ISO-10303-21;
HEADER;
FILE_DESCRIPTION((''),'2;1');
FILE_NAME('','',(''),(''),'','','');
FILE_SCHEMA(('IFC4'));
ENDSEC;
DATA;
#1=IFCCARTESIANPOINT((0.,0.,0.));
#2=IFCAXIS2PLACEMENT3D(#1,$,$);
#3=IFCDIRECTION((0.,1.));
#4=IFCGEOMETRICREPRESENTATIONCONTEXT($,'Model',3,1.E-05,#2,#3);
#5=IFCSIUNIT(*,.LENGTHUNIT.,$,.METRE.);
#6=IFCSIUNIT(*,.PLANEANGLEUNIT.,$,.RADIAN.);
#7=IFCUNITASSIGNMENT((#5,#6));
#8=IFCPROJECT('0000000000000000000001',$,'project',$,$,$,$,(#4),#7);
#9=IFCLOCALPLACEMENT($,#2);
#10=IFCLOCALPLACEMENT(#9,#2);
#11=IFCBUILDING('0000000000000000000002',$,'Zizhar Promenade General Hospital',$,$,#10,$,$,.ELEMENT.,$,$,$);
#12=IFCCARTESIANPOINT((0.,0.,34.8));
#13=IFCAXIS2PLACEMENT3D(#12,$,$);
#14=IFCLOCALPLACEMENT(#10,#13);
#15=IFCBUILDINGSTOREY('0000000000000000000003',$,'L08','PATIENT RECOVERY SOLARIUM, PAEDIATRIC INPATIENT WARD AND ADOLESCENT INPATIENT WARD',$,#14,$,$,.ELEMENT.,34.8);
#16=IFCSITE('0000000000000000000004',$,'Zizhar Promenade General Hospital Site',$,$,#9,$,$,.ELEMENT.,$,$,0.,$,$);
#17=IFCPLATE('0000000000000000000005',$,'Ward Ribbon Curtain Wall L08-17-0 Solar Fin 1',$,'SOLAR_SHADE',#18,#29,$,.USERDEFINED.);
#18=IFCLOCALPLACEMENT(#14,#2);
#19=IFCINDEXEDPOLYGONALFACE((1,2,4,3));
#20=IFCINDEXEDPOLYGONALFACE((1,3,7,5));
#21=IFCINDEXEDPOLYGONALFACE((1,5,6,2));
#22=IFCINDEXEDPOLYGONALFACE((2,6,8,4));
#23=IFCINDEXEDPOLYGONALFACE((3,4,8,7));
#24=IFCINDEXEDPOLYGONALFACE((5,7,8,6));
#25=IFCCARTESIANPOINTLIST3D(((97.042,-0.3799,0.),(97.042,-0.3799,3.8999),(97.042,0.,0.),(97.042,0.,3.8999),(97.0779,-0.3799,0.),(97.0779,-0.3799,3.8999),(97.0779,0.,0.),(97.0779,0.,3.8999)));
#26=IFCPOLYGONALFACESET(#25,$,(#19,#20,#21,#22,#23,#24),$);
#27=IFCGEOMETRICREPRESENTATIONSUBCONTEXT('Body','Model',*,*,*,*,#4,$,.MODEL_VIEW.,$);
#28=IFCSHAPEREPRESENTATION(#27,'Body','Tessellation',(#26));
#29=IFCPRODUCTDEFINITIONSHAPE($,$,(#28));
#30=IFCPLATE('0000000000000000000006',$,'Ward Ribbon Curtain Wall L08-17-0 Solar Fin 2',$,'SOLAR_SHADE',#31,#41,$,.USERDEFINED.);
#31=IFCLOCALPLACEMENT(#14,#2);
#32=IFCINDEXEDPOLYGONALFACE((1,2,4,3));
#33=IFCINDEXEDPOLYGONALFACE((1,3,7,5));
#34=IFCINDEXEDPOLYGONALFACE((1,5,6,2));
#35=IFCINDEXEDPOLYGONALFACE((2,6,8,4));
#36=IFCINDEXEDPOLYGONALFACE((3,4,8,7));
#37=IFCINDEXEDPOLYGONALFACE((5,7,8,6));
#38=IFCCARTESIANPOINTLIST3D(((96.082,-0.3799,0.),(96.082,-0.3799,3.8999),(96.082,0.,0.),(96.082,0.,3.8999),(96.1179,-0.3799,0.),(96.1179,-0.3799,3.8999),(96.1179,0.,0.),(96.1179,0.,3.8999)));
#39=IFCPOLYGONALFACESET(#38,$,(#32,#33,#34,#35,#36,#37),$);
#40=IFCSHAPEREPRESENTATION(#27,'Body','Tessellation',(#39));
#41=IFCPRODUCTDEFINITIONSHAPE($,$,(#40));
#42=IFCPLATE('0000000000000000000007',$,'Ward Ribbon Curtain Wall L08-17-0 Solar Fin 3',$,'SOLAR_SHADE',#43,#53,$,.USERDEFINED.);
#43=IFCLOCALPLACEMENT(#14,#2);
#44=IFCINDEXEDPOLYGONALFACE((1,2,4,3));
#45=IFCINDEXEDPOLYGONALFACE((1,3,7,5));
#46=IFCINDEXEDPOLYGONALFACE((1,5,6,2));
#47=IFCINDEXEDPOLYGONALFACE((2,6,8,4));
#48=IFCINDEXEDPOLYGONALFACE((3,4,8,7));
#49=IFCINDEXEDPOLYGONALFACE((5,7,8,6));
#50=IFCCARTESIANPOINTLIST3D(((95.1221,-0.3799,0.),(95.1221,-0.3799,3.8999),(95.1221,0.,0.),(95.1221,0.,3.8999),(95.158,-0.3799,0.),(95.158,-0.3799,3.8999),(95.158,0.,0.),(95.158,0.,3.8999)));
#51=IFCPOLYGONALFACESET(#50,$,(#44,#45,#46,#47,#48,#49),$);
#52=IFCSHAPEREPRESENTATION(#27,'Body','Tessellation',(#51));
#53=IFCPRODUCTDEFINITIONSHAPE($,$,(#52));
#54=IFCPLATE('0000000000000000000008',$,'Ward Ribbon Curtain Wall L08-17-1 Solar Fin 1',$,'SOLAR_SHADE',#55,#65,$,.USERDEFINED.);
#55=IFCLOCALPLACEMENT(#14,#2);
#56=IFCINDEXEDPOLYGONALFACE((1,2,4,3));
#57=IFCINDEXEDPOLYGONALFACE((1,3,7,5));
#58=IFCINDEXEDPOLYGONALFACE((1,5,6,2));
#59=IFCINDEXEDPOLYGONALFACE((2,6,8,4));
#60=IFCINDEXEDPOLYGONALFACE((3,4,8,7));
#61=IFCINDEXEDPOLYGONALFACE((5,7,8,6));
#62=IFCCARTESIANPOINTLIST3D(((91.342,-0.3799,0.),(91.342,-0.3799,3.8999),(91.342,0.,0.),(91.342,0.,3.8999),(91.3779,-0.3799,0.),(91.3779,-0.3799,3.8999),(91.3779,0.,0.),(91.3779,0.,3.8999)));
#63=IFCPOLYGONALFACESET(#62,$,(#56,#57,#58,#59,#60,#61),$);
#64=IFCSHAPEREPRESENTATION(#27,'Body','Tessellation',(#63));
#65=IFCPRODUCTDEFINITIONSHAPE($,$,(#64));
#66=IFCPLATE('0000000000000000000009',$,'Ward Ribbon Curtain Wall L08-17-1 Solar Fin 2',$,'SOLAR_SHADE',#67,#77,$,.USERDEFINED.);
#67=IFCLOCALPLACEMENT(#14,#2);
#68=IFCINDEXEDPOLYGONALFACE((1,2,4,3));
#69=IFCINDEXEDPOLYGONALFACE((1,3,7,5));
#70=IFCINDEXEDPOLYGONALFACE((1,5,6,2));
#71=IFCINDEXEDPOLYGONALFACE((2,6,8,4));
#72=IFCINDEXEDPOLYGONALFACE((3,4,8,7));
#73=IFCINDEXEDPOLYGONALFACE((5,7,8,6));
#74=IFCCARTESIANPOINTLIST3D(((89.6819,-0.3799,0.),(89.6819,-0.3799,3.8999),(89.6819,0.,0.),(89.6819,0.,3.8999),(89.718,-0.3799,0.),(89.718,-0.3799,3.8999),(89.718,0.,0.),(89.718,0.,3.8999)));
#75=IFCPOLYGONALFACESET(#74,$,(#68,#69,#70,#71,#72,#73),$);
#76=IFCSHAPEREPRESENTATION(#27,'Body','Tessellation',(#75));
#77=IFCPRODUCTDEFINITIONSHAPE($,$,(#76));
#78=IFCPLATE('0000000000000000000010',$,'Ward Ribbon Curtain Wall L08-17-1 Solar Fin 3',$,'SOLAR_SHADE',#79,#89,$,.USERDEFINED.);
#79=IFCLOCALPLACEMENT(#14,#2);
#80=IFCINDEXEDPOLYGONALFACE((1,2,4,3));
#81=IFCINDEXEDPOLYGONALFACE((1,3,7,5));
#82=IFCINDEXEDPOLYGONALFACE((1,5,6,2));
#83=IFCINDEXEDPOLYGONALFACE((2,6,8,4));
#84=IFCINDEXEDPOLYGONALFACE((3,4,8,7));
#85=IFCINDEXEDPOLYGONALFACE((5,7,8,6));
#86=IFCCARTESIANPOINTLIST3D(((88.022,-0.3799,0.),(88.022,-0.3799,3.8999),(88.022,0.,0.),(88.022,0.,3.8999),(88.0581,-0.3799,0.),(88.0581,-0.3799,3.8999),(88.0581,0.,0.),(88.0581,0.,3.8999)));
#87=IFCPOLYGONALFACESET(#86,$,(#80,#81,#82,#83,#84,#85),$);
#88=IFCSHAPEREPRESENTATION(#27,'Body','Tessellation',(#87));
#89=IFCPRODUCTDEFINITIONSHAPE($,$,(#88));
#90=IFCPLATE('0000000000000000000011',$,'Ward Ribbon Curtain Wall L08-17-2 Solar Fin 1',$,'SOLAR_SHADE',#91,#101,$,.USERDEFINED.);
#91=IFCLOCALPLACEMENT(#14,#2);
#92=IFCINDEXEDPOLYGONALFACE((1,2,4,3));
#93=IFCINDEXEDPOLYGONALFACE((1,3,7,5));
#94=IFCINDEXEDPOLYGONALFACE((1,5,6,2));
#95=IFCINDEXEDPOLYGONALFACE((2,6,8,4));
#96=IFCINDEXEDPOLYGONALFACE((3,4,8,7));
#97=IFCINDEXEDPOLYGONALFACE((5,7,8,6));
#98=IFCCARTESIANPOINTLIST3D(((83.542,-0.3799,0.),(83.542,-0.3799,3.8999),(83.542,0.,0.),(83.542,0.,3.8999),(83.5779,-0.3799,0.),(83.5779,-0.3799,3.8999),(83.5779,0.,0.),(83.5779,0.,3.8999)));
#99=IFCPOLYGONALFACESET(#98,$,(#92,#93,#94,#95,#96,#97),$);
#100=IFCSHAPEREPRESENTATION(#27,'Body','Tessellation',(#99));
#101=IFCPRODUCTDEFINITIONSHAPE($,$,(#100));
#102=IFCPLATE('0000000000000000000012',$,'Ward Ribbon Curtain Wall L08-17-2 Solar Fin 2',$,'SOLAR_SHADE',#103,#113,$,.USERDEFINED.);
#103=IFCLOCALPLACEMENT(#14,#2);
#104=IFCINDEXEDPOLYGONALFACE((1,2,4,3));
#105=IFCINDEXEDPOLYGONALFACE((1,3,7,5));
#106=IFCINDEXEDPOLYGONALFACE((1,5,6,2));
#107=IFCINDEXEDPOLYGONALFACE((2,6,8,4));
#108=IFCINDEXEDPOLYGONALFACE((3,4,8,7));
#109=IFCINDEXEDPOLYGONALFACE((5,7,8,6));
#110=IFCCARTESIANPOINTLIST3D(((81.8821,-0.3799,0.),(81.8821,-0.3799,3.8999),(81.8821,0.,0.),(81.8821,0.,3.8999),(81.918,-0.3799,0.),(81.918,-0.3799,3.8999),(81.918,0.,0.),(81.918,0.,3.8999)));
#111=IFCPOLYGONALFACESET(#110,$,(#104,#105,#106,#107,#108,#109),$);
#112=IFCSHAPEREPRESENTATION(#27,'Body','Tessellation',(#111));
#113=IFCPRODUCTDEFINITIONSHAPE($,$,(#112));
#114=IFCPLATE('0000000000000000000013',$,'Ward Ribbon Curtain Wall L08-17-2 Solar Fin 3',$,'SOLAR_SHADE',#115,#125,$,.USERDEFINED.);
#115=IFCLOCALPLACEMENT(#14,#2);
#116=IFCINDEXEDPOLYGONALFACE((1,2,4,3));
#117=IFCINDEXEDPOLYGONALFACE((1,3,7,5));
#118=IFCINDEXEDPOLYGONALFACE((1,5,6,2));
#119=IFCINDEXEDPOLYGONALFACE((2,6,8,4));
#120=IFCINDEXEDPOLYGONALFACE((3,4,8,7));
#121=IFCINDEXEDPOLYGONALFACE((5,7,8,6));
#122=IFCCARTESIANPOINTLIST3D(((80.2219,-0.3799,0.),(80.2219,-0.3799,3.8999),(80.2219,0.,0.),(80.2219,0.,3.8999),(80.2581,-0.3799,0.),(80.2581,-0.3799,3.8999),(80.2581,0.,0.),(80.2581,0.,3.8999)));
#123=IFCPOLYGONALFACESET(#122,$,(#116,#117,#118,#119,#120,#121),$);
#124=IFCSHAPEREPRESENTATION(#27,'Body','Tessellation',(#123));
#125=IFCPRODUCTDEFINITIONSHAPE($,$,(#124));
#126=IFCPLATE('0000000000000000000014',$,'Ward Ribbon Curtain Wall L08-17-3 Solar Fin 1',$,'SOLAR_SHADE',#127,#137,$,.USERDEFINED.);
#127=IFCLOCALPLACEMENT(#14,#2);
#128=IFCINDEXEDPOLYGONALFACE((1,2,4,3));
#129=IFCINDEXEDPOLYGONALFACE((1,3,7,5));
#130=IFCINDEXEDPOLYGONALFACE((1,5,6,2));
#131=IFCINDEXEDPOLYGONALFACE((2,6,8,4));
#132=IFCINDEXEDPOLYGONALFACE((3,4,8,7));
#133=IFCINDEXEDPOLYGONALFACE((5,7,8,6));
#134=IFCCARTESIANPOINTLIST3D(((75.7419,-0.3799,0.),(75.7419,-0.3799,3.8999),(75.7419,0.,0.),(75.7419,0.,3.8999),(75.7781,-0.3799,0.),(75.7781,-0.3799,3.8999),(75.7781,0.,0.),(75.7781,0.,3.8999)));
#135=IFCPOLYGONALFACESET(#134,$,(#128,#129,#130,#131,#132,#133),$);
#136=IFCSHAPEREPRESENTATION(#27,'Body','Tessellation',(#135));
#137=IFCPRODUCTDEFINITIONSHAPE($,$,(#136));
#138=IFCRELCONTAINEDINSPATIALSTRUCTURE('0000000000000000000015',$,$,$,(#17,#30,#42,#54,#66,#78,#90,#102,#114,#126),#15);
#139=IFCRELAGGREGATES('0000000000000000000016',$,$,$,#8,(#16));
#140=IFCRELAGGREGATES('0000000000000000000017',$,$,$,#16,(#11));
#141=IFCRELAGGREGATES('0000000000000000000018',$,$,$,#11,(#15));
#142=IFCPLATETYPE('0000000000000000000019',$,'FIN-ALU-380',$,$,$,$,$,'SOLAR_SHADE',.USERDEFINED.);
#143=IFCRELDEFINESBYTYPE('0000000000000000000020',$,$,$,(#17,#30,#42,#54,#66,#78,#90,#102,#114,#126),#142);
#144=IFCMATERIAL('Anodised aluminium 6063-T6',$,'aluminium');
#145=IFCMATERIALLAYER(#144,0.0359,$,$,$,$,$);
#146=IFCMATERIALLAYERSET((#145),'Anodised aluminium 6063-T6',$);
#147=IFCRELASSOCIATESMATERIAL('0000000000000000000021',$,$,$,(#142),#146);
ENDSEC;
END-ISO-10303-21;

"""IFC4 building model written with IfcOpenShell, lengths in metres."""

from ifc_helpers import new_model, si_unit, direction, frame, origin, place, context, subcontext, project, spatial, polyline, outline, extrude, material, layer, layer_set, type_object, element, save


model = new_model("IFC4")

# Units and contexts
model_context = context("Model", 3, precision=1e-05, world=origin(), true_north=direction((0.0, 1.0)))
body_context = subcontext(model_context, "Body", "Model", "MODEL_VIEW")
ifc_project = project(units=[si_unit("LENGTHUNIT", "METRE"), si_unit("PLANEANGLEUNIT", "RADIAN")], contexts=[model_context])

# Site, building, storey
site_placement = place(None, origin())
site = spatial("IfcSite", under=ifc_project, at=site_placement, Name="Zizhar Promenade General Hospital Site", CompositionType="ELEMENT", RefElevation=0.0)
building_placement = place(site_placement, origin())
building = spatial("IfcBuilding", under=site, at=building_placement, Name="Zizhar Promenade General Hospital", CompositionType="ELEMENT")
storey_placement = place(building_placement, frame((0.0, 0.0, 34.8)))
storey = spatial("IfcBuildingStorey", under=building, at=storey_placement, Name="L08", Description="PATIENT RECOVERY SOLARIUM, PAEDIATRIC INPATIENT WARD AND ADOLESCENT INPATIENT WARD", CompositionType="ELEMENT", Elevation=34.8)

# Plates
ifc_material = material(Name="Anodised aluminium 6063-T6", Category="aluminium")
ifc_layer = layer(ifc_material, 0.0359)
ifc_layer_set = layer_set([ifc_layer], Name="Anodised aluminium 6063-T6")
plate_type = type_object("IfcPlateType", Name="FIN-ALU-380", ElementType="SOLAR_SHADE", PredefinedType="USERDEFINED", material=ifc_layer_set)
plate_1_placement = place(storey_placement, origin())
element("IfcPlate", 1, at=plate_1_placement, inside=storey, type_object=plate_type, Name="Ward Ribbon Curtain Wall L08-17-0 Solar Fin 1", ObjectType="SOLAR_SHADE", PredefinedType="USERDEFINED", context=body_context, shape_type="SweptSolid", body=[
    extrude(outline(polyline([(97.0779, 0.0), (97.042, 0.0), (97.042, -0.3799), (97.0779, -0.3799), (97.0779, 0.0)])), origin(), (0.0, 0.0, 1.0), 3.8999),
])
plate_2_placement = place(storey_placement, origin())
element("IfcPlate", 2, at=plate_2_placement, inside=storey, type_object=plate_type, Name="Ward Ribbon Curtain Wall L08-17-0 Solar Fin 2", ObjectType="SOLAR_SHADE", PredefinedType="USERDEFINED", context=body_context, shape_type="SweptSolid", body=[
    extrude(outline(polyline([(96.1179, 0.0), (96.082, 0.0), (96.082, -0.3799), (96.1179, -0.3799), (96.1179, 0.0)])), origin(), (0.0, 0.0, 1.0), 3.8999),
])
plate_3_placement = place(storey_placement, origin())
element("IfcPlate", 3, at=plate_3_placement, inside=storey, type_object=plate_type, Name="Ward Ribbon Curtain Wall L08-17-0 Solar Fin 3", ObjectType="SOLAR_SHADE", PredefinedType="USERDEFINED", context=body_context, shape_type="SweptSolid", body=[
    extrude(outline(polyline([(95.158, 0.0), (95.1221, 0.0), (95.1221, -0.3799), (95.158, -0.3799), (95.158, 0.0)])), origin(), (0.0, 0.0, 1.0), 3.8999),
])
plate_4_placement = place(storey_placement, origin())
element("IfcPlate", 4, at=plate_4_placement, inside=storey, type_object=plate_type, Name="Ward Ribbon Curtain Wall L08-17-1 Solar Fin 1", ObjectType="SOLAR_SHADE", PredefinedType="USERDEFINED", context=body_context, shape_type="SweptSolid", body=[
    extrude(outline(polyline([(91.3779, 0.0), (91.342, 0.0), (91.342, -0.3799), (91.3779, -0.3799), (91.3779, 0.0)])), origin(), (0.0, 0.0, 1.0), 3.8999),
])
plate_5_placement = place(storey_placement, origin())
element("IfcPlate", 5, at=plate_5_placement, inside=storey, type_object=plate_type, Name="Ward Ribbon Curtain Wall L08-17-1 Solar Fin 2", ObjectType="SOLAR_SHADE", PredefinedType="USERDEFINED", context=body_context, shape_type="SweptSolid", body=[
    extrude(outline(polyline([(89.718, 0.0), (89.6819, 0.0), (89.6819, -0.3799), (89.718, -0.3799), (89.718, 0.0)])), origin(), (0.0, 0.0, 1.0), 3.8999),
])
plate_6_placement = place(storey_placement, origin())
element("IfcPlate", 6, at=plate_6_placement, inside=storey, type_object=plate_type, Name="Ward Ribbon Curtain Wall L08-17-1 Solar Fin 3", ObjectType="SOLAR_SHADE", PredefinedType="USERDEFINED", context=body_context, shape_type="SweptSolid", body=[
    extrude(outline(polyline([(88.0581, 0.0), (88.022, 0.0), (88.022, -0.3799), (88.0581, -0.3799), (88.0581, 0.0)])), origin(), (0.0, 0.0, 1.0), 3.8999),
])
plate_7_placement = place(storey_placement, origin())
element("IfcPlate", 7, at=plate_7_placement, inside=storey, type_object=plate_type, Name="Ward Ribbon Curtain Wall L08-17-2 Solar Fin 1", ObjectType="SOLAR_SHADE", PredefinedType="USERDEFINED", context=body_context, shape_type="SweptSolid", body=[
    extrude(outline(polyline([(83.5779, 0.0), (83.542, 0.0), (83.542, -0.3799), (83.5779, -0.3799), (83.5779, 0.0)])), origin(), (0.0, 0.0, 1.0), 3.8999),
])
plate_8_placement = place(storey_placement, origin())
element("IfcPlate", 8, at=plate_8_placement, inside=storey, type_object=plate_type, Name="Ward Ribbon Curtain Wall L08-17-2 Solar Fin 2", ObjectType="SOLAR_SHADE", PredefinedType="USERDEFINED", context=body_context, shape_type="SweptSolid", body=[
    extrude(outline(polyline([(81.918, 0.0), (81.8821, 0.0), (81.8821, -0.3799), (81.918, -0.3799), (81.918, 0.0)])), origin(), (0.0, 0.0, 1.0), 3.8999),
])
plate_9_placement = place(storey_placement, origin())
element("IfcPlate", 9, at=plate_9_placement, inside=storey, type_object=plate_type, Name="Ward Ribbon Curtain Wall L08-17-2 Solar Fin 3", ObjectType="SOLAR_SHADE", PredefinedType="USERDEFINED", context=body_context, shape_type="SweptSolid", body=[
    extrude(outline(polyline([(80.2581, 0.0), (80.2219, 0.0), (80.2219, -0.3799), (80.2581, -0.3799), (80.2581, 0.0)])), origin(), (0.0, 0.0, 1.0), 3.8999),
])
plate_10_placement = place(storey_placement, origin())
element("IfcPlate", 10, at=plate_10_placement, inside=storey, type_object=plate_type, Name="Ward Ribbon Curtain Wall L08-17-3 Solar Fin 1", ObjectType="SOLAR_SHADE", PredefinedType="USERDEFINED", context=body_context, shape_type="SweptSolid", body=[
    extrude(outline(polyline([(75.7781, 0.0), (75.7419, 0.0), (75.7419, -0.3799), (75.7781, -0.3799), (75.7781, 0.0)])), origin(), (0.0, 0.0, 1.0), 3.8999),
])

save(model, "model.ifc")
